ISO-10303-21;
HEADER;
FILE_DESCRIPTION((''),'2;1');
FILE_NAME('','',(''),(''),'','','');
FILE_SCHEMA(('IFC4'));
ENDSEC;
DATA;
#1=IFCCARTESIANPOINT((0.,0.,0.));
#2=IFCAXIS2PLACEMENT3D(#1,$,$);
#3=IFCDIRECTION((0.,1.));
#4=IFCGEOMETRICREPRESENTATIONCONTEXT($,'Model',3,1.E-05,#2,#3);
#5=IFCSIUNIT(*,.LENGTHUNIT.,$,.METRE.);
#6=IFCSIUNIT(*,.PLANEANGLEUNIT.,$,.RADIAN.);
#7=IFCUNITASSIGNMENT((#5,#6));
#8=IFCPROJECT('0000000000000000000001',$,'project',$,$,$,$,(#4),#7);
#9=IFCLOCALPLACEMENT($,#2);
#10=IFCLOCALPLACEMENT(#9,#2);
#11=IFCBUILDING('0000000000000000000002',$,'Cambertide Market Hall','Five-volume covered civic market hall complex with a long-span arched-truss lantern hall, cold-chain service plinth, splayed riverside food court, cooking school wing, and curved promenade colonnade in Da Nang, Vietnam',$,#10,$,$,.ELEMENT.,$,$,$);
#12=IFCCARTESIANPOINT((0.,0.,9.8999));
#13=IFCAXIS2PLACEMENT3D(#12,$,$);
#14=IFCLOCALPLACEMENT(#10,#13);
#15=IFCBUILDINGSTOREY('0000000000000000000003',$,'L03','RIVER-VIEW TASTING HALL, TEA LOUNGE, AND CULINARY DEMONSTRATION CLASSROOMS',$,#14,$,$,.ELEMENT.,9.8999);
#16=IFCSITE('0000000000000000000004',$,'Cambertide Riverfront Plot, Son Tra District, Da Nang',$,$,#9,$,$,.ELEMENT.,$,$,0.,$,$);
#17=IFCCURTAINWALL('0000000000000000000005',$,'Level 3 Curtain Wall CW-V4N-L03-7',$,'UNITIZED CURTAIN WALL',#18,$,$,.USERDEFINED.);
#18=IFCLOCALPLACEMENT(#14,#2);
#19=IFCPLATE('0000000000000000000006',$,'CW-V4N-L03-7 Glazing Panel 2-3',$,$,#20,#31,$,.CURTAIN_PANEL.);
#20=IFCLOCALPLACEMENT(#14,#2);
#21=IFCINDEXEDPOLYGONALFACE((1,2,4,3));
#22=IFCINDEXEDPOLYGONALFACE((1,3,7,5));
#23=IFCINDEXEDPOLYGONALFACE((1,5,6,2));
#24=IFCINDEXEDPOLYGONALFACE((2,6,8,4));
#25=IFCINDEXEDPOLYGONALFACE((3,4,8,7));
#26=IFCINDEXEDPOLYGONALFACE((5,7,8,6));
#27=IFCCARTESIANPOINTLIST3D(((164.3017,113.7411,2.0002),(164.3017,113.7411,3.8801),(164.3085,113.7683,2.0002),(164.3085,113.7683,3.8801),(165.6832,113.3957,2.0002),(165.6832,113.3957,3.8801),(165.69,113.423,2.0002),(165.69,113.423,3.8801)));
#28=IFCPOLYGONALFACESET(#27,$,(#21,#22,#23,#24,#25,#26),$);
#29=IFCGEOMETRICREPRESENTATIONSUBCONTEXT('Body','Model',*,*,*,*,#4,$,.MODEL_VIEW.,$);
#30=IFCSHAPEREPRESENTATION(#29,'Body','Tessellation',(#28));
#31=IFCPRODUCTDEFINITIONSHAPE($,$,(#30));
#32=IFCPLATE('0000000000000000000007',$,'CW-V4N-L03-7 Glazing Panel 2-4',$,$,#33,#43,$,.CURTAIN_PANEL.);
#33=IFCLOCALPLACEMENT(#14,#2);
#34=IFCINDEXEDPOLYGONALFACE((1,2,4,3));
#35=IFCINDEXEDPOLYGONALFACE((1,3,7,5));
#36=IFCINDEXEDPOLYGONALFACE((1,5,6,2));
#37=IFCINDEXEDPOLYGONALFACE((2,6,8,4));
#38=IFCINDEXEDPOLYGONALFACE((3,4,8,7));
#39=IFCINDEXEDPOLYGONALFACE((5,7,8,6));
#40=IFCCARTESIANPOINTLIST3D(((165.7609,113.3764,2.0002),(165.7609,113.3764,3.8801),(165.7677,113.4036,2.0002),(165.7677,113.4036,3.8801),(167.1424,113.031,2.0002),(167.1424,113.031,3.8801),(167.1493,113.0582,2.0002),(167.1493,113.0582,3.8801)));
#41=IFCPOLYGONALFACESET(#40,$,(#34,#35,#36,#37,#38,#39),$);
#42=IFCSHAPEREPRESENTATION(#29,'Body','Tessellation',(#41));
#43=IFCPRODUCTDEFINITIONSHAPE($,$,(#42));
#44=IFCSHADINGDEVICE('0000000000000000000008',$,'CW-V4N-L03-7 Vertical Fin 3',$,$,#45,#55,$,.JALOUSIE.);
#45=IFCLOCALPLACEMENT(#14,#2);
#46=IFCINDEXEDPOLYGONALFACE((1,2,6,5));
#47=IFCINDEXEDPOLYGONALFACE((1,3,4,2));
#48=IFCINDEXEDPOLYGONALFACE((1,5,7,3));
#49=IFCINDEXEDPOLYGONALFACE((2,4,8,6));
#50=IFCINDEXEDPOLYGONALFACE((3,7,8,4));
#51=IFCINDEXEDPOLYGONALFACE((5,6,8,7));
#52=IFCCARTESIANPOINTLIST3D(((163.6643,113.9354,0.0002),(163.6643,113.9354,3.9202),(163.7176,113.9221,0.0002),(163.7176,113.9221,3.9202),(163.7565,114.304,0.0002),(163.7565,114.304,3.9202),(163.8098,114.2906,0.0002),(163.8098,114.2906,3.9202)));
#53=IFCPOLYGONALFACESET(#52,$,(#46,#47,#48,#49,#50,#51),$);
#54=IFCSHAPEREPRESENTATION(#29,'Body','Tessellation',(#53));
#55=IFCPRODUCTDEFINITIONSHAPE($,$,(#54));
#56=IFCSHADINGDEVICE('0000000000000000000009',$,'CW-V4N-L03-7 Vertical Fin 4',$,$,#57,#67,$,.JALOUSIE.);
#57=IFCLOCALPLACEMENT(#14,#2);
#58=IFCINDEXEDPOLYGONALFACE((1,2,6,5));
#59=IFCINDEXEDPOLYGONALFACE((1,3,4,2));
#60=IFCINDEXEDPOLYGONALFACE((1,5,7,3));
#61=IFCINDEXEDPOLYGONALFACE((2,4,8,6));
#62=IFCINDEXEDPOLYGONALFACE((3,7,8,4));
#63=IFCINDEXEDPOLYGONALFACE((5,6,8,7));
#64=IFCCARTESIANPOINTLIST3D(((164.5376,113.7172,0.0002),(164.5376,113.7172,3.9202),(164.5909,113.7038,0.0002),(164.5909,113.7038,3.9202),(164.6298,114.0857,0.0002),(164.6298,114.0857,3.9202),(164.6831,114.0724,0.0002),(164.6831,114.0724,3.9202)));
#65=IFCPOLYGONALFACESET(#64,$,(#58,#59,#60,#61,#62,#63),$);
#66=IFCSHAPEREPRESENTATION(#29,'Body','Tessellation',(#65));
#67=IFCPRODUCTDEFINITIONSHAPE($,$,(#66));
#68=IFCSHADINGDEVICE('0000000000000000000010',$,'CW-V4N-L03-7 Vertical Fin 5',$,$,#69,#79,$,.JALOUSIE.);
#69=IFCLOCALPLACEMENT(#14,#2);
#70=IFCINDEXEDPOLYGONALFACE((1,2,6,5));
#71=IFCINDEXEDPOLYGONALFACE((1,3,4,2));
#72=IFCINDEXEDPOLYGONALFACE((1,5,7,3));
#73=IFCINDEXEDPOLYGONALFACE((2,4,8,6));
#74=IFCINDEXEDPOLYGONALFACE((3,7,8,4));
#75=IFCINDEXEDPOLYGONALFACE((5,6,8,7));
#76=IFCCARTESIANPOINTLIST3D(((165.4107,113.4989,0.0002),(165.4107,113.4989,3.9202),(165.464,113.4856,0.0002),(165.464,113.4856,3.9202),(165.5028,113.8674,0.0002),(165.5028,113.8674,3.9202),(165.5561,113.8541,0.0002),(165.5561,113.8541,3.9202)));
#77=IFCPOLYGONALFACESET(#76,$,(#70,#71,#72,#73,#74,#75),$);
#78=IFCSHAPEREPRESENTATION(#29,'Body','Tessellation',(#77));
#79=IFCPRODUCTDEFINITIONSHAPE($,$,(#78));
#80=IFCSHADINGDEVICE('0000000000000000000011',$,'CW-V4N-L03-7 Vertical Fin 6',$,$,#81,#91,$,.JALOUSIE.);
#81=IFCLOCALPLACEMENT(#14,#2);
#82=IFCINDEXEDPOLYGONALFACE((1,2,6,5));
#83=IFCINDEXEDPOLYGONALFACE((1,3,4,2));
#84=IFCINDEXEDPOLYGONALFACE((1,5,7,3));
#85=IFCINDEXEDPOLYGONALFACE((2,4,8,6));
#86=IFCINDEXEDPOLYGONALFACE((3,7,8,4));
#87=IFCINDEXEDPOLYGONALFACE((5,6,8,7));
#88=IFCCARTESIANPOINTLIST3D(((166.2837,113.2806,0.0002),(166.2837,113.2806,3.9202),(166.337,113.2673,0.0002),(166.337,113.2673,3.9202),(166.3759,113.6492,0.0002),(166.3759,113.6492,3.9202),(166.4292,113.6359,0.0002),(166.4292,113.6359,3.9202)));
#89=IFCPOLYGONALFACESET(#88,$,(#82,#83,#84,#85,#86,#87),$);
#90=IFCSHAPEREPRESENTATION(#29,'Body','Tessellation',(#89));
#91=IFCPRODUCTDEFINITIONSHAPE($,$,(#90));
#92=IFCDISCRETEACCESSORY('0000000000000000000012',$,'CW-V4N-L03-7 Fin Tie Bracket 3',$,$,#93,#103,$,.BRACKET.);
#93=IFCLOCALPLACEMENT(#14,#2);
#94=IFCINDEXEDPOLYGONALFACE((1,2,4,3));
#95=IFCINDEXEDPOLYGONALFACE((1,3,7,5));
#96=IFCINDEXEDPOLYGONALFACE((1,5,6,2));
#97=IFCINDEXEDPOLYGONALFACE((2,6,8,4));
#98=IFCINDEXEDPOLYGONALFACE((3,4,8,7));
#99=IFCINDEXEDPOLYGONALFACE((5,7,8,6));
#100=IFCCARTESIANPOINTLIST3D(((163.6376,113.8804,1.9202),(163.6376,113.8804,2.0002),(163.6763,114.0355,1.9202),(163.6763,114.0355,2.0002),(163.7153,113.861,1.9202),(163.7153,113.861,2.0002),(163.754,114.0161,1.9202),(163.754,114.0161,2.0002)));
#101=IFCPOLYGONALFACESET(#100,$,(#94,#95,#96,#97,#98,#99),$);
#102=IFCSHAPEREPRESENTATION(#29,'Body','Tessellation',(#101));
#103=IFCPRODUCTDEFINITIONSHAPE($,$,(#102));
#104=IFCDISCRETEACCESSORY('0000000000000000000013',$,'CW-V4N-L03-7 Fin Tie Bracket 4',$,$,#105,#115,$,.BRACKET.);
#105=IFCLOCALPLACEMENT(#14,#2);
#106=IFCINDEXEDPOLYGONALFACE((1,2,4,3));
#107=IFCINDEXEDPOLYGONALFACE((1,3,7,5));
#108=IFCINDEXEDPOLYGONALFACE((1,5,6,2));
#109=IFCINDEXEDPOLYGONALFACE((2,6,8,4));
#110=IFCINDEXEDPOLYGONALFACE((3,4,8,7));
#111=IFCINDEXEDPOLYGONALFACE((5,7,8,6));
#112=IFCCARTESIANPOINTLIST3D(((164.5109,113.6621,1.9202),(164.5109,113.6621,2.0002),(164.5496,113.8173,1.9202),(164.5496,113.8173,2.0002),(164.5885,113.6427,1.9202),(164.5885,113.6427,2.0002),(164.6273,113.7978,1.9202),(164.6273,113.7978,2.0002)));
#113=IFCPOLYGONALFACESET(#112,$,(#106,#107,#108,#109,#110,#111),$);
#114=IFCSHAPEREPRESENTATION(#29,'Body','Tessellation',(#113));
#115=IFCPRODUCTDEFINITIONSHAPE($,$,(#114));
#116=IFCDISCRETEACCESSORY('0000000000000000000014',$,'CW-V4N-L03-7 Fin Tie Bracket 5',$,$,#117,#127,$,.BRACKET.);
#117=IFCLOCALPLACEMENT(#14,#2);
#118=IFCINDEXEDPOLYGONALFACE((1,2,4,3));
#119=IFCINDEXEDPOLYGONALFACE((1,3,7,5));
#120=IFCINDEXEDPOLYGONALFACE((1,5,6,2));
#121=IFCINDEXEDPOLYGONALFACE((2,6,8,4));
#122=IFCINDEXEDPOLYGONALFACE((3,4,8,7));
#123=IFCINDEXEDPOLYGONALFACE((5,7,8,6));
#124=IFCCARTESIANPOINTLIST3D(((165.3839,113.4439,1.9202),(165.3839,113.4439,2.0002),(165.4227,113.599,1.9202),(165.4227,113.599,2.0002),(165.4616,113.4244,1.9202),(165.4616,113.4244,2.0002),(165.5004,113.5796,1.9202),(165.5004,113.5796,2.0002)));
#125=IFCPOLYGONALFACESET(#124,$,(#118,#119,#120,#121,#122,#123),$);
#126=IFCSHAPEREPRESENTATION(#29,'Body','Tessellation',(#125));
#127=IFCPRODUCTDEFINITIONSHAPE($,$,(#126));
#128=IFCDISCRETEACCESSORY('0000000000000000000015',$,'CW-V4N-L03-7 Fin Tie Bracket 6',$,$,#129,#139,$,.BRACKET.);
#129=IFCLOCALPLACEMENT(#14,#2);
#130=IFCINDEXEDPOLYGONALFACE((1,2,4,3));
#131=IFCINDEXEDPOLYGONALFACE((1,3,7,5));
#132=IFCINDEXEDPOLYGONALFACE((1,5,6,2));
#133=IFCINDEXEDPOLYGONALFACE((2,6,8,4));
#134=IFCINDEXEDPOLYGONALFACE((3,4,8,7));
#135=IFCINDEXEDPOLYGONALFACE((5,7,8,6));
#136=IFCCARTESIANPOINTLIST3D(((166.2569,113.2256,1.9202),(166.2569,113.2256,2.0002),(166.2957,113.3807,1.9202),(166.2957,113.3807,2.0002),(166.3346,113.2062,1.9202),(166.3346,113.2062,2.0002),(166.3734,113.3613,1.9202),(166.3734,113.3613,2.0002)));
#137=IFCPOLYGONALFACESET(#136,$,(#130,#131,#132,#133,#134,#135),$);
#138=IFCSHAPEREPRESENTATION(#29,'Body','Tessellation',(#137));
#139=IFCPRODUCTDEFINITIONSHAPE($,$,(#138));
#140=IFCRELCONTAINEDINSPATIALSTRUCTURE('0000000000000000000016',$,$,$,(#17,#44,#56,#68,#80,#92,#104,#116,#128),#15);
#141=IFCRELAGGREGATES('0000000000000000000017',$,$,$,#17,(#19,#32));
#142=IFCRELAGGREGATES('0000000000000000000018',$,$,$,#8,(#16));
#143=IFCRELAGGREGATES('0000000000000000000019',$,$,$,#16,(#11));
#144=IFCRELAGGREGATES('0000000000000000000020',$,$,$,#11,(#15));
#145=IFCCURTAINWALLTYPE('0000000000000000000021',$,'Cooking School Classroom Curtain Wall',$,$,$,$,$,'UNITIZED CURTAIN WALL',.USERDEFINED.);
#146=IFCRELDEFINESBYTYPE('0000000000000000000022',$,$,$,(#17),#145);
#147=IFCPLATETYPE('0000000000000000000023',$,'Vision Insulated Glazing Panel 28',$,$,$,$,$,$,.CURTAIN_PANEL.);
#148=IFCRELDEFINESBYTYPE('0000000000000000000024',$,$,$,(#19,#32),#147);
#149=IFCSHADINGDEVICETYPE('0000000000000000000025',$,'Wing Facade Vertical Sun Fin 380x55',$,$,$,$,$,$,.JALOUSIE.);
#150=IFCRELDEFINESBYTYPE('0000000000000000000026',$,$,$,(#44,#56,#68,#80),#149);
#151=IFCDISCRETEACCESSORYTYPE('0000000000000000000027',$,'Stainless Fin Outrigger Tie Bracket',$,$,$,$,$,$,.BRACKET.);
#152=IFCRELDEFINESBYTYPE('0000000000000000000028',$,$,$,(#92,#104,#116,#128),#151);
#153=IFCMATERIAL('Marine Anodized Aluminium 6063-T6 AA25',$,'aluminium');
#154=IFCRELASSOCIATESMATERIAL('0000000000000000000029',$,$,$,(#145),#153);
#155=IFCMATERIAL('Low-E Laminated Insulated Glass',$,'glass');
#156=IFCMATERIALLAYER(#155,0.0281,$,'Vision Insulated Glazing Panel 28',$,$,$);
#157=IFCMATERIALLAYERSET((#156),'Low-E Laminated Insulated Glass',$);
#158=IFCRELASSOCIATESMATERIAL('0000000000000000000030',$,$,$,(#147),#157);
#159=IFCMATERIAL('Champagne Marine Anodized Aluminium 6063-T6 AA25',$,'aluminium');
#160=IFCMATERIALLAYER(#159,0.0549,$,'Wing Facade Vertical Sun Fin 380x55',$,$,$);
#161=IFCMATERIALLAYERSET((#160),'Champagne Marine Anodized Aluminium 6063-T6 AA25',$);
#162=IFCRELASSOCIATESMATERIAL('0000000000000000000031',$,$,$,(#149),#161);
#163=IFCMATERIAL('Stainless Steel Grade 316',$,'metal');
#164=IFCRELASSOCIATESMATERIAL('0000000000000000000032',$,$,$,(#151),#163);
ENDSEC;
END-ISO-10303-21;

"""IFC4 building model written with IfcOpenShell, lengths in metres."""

from ifc_helpers import new_model, si_unit, direction, frame, origin, origin_2d, place, context, subcontext, project, spatial, rectangle, extrude, material, layer, layer_set, type_object, element, aggregate, save


model = new_model("IFC4")

# Units and contexts
model_context = context("Model", 3, precision=1e-05, world=origin(), true_north=direction((0.0, 1.0)))
body_context = subcontext(model_context, "Body", "Model", "MODEL_VIEW")
ifc_project = project(units=[si_unit("LENGTHUNIT", "METRE"), si_unit("PLANEANGLEUNIT", "RADIAN")], contexts=[model_context])

# Site, building, storey
site_placement = place(None, origin())
site = spatial("IfcSite", under=ifc_project, at=site_placement, Name="Cambertide Riverfront Plot, Son Tra District, Da Nang", CompositionType="ELEMENT", RefElevation=0.0)
building_placement = place(site_placement, origin())
building = spatial("IfcBuilding", under=site, at=building_placement, Name="Cambertide Market Hall", Description="Five-volume covered civic market hall complex with a long-span arched-truss lantern hall, cold-chain service plinth, splayed riverside food court, cooking school wing, and curved promenade colonnade in Da Nang, Vietnam", CompositionType="ELEMENT")
storey_placement = place(building_placement, frame((0.0, 0.0, 9.8999)))
storey = spatial("IfcBuildingStorey", under=building, at=storey_placement, Name="L03", Description="RIVER-VIEW TASTING HALL, TEA LOUNGE, AND CULINARY DEMONSTRATION CLASSROOMS", CompositionType="ELEMENT", Elevation=9.8999)

# Curtain wall, plates
ifc_material_1 = material(Name="Marine Anodized Aluminium 6063-T6 AA25", Category="aluminium")
curtain_wall_type = type_object("IfcCurtainWallType", Name="Cooking School Classroom Curtain Wall", ElementType="UNITIZED CURTAIN WALL", PredefinedType="USERDEFINED", material=ifc_material_1)
curtain_wall_placement = place(storey_placement, origin())
curtain_wall = element("IfcCurtainWall", 1, at=curtain_wall_placement, inside=storey, type_object=curtain_wall_type, Name="Level 3 Curtain Wall CW-V4N-L03-7", ObjectType="UNITIZED CURTAIN WALL", PredefinedType="USERDEFINED")
ifc_material_2 = material(Name="Low-E Laminated Insulated Glass", Category="glass")
ifc_layer_1 = layer(ifc_material_2, 0.0281, Name="Vision Insulated Glazing Panel 28")
ifc_layer_set_1 = layer_set([ifc_layer_1], Name="Low-E Laminated Insulated Glass")
plate_type = type_object("IfcPlateType", Name="Vision Insulated Glazing Panel 28", PredefinedType="CURTAIN_PANEL", material=ifc_layer_set_1)
plate_1_placement = place(storey_placement, frame((164.9958, 113.582, 2.0002), z_axis=(0.0, 0.0, 1.0), x_axis=(0.970143, -0.242536, 0.0)))
plate_1 = element("IfcPlate", 2, at=plate_1_placement, type_object=plate_type, Name="CW-V4N-L03-7 Glazing Panel 2-3", PredefinedType="CURTAIN_PANEL", context=body_context, shape_type="SweptSolid", body=[
    extrude(rectangle(XDim=1.4241, YDim=0.0281, at=origin_2d()), origin(), (0.0, 0.0, 1.0), 1.8799),
])
plate_2_placement = place(storey_placement, frame((166.4551, 113.2173, 2.0002), z_axis=(0.0, 0.0, 1.0), x_axis=(0.970143, -0.242536, 0.0)))
plate_2 = element("IfcPlate", 3, at=plate_2_placement, type_object=plate_type, Name="CW-V4N-L03-7 Glazing Panel 2-4", PredefinedType="CURTAIN_PANEL", context=body_context, shape_type="SweptSolid", body=[
    extrude(rectangle(XDim=1.4241, YDim=0.0281, at=origin_2d()), origin(), (0.0, 0.0, 1.0), 1.8799),
])
aggregate(curtain_wall, [plate_1, plate_2])

# Shading devices
ifc_material_3 = material(Name="Champagne Marine Anodized Aluminium 6063-T6 AA25", Category="aluminium")
ifc_layer_2 = layer(ifc_material_3, 0.0549, Name="Wing Facade Vertical Sun Fin 380x55")
ifc_layer_set_2 = layer_set([ifc_layer_2], Name="Champagne Marine Anodized Aluminium 6063-T6 AA25")
shading_device_type = type_object("IfcShadingDeviceType", Name="Wing Facade Vertical Sun Fin 380x55", PredefinedType="JALOUSIE", material=ifc_layer_set_2)
for number, where, z_axis, x_axis, name in (
    (4, (163.7371, 114.113, 0.0002), (0.0, 0.0, 1.0), (0.970143, -0.242536, 0.0), "CW-V4N-L03-7 Vertical Fin 3"),
    (5, (164.6104, 113.8948, 0.0002), (0.0, 0.0, 1.0), (0.970143, -0.242536, 0.0), "CW-V4N-L03-7 Vertical Fin 4"),
    (6, (165.4834, 113.6765, 0.0002), (0.0, 0.0, 1.0), (0.970143, -0.242536, 0.0), "CW-V4N-L03-7 Vertical Fin 5"),
    (7, (166.3564, 113.4583, 0.0002), (0.0, 0.0, 1.0), (0.970143, -0.242536, 0.0), "CW-V4N-L03-7 Vertical Fin 6"),
):
    element("IfcShadingDevice", number, at=place(storey_placement, frame(where, z_axis=z_axis, x_axis=x_axis)), inside=storey, type_object=shading_device_type, Name=name, PredefinedType="JALOUSIE", context=body_context, shape_type="SweptSolid", body=[
        extrude(rectangle(XDim=0.0549, YDim=0.3799, at=origin_2d()), origin(), (0.0, 0.0, 1.0), 3.9199),
    ])

# Discrete accessories
ifc_material_4 = material(Name="Stainless Steel Grade 316", Category="metal")
discrete_accessory_type = type_object("IfcDiscreteAccessoryType", Name="Stainless Fin Outrigger Tie Bracket", PredefinedType="BRACKET", material=ifc_material_4)
for number, where, z_axis, x_axis, name in (
    (8, (163.6958, 113.9482, 1.9202), (0.0, 0.0, 1.0), (0.970143, -0.242536, 0.0), "CW-V4N-L03-7 Fin Tie Bracket 3"),
    (9, (164.5691, 113.73, 1.9202), (0.0, 0.0, 1.0), (0.970143, -0.242536, 0.0), "CW-V4N-L03-7 Fin Tie Bracket 4"),
    (10, (165.4421, 113.5117, 1.9202), (0.0, 0.0, 1.0), (0.970143, -0.242536, 0.0), "CW-V4N-L03-7 Fin Tie Bracket 5"),
    (11, (166.3152, 113.2935, 1.9202), (0.0, 0.0, 1.0), (0.970143, -0.242536, 0.0), "CW-V4N-L03-7 Fin Tie Bracket 6"),
):
    element("IfcDiscreteAccessory", number, at=place(storey_placement, frame(where, z_axis=z_axis, x_axis=x_axis)), inside=storey, type_object=discrete_accessory_type, Name=name, PredefinedType="BRACKET", context=body_context, shape_type="SweptSolid", body=[
        extrude(rectangle(XDim=0.0801, YDim=0.1599, at=origin_2d()), origin(), (0.0, 0.0, 1.0), 0.0801),
    ])

save(model, "model.ifc")
